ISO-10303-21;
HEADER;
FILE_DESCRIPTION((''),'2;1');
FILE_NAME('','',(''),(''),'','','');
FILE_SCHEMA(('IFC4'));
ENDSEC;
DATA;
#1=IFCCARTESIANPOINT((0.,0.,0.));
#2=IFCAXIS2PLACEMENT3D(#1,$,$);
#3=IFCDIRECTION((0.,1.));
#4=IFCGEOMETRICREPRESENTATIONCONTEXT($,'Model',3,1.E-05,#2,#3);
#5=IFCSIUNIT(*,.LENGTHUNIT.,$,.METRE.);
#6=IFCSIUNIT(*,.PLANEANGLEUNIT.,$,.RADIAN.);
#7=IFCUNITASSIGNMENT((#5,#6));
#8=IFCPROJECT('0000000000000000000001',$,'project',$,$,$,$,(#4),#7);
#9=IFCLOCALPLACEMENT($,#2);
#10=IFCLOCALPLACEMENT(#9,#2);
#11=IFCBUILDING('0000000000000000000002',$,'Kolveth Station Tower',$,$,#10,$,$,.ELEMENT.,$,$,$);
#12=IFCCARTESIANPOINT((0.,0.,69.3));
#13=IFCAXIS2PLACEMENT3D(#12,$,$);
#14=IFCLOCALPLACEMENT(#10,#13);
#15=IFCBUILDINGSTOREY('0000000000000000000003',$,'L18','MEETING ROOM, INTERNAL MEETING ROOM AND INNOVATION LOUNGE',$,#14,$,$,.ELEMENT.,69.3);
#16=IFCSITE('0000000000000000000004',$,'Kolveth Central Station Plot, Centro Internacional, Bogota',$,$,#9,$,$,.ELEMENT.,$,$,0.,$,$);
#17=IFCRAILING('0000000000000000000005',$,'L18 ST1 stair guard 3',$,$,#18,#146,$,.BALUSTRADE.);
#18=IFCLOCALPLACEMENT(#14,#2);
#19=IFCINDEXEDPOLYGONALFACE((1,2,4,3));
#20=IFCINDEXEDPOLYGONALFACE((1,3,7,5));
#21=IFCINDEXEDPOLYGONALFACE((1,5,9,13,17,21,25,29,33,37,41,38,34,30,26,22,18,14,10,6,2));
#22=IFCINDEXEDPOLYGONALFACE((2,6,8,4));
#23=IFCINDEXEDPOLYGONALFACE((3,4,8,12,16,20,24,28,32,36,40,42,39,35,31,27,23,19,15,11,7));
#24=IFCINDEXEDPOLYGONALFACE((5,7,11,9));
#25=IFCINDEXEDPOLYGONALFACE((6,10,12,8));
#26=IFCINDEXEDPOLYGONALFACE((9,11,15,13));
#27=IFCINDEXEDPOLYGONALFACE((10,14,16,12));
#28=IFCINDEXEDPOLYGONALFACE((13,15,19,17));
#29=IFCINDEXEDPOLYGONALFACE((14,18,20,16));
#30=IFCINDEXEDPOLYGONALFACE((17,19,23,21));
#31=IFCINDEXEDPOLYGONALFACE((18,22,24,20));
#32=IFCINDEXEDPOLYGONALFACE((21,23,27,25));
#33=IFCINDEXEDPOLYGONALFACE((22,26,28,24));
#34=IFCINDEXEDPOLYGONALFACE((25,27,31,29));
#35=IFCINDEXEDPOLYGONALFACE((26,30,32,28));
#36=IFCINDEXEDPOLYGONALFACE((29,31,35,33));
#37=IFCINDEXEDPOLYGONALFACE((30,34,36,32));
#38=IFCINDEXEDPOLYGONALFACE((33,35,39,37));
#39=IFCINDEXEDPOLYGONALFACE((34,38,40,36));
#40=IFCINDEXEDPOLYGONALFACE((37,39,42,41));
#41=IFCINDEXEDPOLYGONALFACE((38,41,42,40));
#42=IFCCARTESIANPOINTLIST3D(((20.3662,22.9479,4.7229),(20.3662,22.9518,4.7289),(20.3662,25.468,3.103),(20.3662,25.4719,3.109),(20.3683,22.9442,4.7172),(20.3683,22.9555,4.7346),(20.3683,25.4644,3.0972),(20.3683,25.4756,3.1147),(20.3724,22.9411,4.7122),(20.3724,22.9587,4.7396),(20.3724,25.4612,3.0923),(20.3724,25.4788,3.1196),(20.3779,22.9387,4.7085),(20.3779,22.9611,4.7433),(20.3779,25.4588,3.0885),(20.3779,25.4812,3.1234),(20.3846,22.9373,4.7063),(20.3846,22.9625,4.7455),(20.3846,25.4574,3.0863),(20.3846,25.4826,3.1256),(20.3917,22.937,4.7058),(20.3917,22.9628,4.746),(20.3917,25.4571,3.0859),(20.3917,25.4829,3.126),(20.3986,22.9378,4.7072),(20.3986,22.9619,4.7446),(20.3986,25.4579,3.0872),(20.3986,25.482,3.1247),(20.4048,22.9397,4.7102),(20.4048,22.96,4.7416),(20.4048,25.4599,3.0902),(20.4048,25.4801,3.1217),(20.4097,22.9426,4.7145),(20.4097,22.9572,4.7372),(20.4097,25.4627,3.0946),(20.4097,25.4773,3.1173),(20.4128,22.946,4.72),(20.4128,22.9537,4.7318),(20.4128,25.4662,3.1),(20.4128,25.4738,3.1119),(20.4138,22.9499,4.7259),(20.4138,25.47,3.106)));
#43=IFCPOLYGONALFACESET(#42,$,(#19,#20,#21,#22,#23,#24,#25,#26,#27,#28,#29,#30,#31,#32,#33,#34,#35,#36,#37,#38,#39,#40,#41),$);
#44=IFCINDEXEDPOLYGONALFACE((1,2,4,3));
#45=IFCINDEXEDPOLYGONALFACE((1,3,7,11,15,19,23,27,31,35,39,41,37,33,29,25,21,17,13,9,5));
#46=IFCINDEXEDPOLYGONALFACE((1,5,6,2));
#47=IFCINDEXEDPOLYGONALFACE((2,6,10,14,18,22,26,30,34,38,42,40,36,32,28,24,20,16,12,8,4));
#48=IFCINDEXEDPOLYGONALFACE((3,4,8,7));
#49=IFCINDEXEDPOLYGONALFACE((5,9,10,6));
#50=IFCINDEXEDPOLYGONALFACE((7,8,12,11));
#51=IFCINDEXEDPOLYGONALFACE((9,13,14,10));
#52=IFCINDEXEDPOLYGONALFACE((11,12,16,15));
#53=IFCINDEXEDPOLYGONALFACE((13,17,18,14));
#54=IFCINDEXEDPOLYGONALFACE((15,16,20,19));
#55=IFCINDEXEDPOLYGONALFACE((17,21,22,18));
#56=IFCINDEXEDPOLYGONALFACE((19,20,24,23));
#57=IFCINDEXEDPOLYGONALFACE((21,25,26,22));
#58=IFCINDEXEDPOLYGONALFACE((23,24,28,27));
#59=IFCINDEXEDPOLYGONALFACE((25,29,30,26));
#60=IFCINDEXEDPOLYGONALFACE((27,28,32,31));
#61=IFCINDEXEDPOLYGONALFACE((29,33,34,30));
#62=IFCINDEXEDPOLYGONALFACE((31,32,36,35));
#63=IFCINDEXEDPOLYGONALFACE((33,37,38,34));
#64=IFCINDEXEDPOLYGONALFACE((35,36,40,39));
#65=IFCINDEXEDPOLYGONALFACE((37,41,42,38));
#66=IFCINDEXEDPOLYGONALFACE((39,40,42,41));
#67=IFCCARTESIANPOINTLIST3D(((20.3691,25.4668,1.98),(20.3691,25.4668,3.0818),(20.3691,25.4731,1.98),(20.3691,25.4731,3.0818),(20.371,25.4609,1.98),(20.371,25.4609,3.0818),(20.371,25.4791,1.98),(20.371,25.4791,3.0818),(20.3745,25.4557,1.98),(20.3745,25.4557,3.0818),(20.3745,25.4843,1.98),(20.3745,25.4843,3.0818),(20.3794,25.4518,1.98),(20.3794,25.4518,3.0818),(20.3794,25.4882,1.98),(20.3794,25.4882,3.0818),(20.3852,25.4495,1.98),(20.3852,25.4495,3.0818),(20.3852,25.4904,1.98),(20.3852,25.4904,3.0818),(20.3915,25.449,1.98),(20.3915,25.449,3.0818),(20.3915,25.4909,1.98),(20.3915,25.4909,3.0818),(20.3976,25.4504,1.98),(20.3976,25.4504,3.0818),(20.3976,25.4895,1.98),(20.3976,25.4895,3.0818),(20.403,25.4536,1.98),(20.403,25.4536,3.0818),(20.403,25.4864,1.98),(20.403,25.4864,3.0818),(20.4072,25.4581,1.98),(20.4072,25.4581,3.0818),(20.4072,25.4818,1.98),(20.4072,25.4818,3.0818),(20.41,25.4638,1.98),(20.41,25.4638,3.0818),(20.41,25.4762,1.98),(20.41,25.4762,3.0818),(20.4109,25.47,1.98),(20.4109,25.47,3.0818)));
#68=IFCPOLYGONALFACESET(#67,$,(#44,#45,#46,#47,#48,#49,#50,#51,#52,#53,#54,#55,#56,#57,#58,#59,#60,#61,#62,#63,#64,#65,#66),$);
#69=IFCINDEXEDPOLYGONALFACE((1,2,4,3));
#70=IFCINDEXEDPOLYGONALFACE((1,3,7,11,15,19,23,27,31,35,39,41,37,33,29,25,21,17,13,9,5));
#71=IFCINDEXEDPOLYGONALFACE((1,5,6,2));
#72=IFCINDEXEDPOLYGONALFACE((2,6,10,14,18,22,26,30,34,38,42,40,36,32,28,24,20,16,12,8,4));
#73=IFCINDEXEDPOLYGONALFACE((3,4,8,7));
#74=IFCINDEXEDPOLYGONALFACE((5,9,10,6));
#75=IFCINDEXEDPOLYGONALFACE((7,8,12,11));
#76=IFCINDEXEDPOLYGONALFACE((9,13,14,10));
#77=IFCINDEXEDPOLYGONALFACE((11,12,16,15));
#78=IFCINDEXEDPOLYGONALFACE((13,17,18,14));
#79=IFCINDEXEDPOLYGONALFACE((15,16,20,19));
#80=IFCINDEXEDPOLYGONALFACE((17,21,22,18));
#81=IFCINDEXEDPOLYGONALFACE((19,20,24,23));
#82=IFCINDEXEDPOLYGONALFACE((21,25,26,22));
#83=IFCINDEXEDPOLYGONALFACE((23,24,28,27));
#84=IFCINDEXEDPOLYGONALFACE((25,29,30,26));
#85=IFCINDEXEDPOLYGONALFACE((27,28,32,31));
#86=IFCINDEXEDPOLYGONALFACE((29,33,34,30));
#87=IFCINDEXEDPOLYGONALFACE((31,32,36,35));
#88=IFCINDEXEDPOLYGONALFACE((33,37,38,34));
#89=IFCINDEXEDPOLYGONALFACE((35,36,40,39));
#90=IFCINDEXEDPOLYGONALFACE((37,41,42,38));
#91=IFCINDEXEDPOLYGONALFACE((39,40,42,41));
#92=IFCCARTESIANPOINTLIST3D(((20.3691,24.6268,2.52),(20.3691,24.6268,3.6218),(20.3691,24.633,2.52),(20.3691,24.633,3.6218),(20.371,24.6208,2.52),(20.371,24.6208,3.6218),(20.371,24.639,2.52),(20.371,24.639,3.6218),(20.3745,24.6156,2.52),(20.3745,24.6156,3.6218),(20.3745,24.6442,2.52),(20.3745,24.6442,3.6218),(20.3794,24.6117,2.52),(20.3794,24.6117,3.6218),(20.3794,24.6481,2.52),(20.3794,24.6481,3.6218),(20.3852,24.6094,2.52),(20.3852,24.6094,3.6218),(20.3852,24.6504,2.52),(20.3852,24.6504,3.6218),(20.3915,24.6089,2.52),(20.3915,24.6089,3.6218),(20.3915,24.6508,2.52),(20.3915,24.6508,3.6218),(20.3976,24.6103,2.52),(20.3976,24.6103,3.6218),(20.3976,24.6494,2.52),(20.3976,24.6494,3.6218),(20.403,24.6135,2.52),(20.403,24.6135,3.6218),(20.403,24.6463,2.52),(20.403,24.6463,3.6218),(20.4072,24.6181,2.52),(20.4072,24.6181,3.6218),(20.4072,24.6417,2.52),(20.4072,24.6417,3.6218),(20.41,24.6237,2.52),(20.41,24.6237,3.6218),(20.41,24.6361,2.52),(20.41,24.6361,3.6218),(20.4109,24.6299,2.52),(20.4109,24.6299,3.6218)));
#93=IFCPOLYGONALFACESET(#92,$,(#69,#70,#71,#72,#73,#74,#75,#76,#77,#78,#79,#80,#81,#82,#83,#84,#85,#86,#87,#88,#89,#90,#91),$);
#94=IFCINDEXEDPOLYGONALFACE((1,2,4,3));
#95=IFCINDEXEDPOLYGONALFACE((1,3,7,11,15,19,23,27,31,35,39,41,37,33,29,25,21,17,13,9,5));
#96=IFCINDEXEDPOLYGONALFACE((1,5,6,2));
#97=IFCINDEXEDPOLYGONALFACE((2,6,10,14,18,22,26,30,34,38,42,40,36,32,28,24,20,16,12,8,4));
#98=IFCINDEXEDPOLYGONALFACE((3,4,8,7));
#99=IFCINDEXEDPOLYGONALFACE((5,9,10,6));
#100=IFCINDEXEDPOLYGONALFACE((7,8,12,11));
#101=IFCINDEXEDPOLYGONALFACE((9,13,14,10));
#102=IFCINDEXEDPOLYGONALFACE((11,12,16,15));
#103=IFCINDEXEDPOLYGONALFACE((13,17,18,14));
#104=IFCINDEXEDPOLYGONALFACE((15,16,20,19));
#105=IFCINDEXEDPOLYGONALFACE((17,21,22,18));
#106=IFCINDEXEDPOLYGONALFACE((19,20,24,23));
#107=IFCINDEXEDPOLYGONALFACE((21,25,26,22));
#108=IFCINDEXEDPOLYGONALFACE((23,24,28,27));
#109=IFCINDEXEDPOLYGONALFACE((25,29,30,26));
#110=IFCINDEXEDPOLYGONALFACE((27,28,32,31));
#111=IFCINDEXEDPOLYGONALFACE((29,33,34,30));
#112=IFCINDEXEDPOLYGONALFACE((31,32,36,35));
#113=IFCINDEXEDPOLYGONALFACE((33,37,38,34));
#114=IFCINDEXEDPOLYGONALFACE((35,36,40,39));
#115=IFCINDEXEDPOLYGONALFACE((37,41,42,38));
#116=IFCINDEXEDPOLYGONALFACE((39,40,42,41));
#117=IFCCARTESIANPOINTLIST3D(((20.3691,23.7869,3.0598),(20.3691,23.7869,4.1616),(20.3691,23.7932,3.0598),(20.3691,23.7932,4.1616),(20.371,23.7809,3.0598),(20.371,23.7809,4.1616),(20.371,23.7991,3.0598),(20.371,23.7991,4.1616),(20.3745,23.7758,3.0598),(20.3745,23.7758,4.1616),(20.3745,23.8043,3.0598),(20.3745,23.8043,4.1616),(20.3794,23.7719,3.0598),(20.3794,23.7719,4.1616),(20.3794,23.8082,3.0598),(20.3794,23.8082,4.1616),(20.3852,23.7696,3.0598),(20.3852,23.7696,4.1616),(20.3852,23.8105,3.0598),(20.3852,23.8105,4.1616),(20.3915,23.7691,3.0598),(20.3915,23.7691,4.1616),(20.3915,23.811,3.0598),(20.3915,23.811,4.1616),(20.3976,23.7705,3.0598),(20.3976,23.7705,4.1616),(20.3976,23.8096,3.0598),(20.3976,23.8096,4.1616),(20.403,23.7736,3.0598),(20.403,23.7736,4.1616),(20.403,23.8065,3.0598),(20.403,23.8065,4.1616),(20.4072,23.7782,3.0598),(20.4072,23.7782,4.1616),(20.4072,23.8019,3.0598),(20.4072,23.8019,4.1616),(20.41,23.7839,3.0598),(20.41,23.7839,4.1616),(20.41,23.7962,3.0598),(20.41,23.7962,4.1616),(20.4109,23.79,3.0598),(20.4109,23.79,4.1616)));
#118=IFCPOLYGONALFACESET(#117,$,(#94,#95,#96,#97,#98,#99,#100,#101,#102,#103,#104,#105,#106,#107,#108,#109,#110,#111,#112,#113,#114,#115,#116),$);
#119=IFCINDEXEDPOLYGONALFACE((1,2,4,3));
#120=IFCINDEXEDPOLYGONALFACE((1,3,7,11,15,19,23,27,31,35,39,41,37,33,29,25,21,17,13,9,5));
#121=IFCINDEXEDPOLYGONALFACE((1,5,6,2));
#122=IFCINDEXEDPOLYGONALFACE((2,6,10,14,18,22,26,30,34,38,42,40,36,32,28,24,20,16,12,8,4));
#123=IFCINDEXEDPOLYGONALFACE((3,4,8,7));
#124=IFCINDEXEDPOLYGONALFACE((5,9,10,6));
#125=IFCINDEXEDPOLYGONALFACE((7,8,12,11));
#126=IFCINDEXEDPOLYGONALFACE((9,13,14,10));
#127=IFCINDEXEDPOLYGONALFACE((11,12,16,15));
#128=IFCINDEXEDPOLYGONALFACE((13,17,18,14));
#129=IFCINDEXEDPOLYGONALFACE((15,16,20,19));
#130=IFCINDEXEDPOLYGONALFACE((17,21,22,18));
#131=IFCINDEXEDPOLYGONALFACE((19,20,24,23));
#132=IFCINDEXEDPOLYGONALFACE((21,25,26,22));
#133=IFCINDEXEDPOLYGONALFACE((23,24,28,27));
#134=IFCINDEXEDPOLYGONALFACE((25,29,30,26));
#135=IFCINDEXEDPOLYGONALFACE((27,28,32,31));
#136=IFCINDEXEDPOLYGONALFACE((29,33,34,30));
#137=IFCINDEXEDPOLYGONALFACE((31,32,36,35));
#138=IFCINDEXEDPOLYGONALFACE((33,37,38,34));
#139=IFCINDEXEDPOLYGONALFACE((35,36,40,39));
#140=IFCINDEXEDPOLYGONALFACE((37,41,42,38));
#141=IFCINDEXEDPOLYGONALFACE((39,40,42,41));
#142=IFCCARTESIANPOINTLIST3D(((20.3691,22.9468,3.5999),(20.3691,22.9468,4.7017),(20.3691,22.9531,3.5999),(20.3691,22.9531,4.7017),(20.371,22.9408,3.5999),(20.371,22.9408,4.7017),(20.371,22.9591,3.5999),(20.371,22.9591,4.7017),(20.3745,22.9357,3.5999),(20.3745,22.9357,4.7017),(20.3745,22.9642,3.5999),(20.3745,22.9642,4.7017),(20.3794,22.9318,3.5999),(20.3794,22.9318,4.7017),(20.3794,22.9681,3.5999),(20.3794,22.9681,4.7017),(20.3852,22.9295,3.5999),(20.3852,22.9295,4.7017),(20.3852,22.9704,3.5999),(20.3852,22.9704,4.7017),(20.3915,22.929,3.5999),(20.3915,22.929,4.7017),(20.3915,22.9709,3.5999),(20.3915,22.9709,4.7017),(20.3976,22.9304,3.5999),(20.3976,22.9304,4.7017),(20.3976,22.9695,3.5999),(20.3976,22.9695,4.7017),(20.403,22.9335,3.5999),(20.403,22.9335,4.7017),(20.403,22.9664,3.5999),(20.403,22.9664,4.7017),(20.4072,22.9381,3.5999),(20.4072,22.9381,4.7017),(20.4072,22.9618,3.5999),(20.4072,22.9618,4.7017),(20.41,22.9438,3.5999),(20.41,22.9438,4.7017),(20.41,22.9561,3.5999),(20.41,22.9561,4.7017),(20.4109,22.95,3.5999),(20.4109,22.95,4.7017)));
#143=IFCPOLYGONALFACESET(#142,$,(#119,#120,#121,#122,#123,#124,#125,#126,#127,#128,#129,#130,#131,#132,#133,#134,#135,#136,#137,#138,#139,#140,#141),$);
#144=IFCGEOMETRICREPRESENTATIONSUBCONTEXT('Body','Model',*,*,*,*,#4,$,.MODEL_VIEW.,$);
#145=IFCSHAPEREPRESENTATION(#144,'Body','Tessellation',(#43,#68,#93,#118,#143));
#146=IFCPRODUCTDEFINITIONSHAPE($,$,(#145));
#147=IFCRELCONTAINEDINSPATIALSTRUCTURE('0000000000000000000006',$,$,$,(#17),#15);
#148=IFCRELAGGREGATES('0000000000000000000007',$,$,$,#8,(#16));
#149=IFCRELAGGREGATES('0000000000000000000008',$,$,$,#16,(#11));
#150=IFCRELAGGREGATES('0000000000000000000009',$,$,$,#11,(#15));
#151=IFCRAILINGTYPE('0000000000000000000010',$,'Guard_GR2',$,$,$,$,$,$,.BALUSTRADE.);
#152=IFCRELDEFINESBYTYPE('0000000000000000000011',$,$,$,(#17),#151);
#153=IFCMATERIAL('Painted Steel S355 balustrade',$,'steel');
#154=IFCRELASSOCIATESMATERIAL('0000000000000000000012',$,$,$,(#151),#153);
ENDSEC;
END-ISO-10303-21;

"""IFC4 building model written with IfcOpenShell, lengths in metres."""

from ifc_helpers import new_model, si_unit, direction, frame, origin, origin_2d, place, context, subcontext, project, spatial, circle, extrude, material, type_object, element, save


model = new_model("IFC4")

# Units and contexts
model_context = context("Model", 3, precision=1e-05, world=origin(), true_north=direction((0.0, 1.0)))
body_context = subcontext(model_context, "Body", "Model", "MODEL_VIEW")
ifc_project = project(units=[si_unit("LENGTHUNIT", "METRE"), si_unit("PLANEANGLEUNIT", "RADIAN")], contexts=[model_context])

# Site, building, storey
site_placement = place(None, origin())
site = spatial("IfcSite", under=ifc_project, at=site_placement, Name="Kolveth Central Station Plot, Centro Internacional, Bogota", CompositionType="ELEMENT", RefElevation=0.0)
building_placement = place(site_placement, origin())
building = spatial("IfcBuilding", under=site, at=building_placement, Name="Kolveth Station Tower", CompositionType="ELEMENT")
storey_placement = place(building_placement, frame((0.0, 0.0, 69.3)))
storey = spatial("IfcBuildingStorey", under=building, at=storey_placement, Name="L18", Description="MEETING ROOM, INTERNAL MEETING ROOM AND INNOVATION LOUNGE", CompositionType="ELEMENT", Elevation=69.3)

# Railing
ifc_material_1 = material(Name="Painted Steel S355 balustrade", Category="steel")
railing_type_1 = type_object("IfcRailingType", Name="Guard_GR2", PredefinedType="BALUSTRADE", material=ifc_material_1)
railing_1_placement = place(storey_placement, frame((20.3899, 25.47, 1.98)))
element("IfcRailing", 1, at=railing_1_placement, inside=storey, type_object=railing_type_1, Name="L18 ST1 stair guard 3", PredefinedType="BALUSTRADE", context=body_context, shape_type="SweptSolid", body=[
    extrude(circle(Radius=0.0239, at=origin_2d()), frame((0.0, 0.0, 1.126), z_axis=(0.0, -0.8412, 0.540725), x_axis=(1.0, 0.0, 0.0)), (0.0, 0.0, 1.0), 2.9958),
    extrude(circle(Radius=0.021, at=origin_2d()), origin(), (0.0, 0.0, 1.0), 1.1018),
    extrude(circle(Radius=0.021, at=origin_2d()), frame((0.0, -0.8401, 0.54)), (0.0, 0.0, 1.0), 1.1018),
    extrude(circle(Radius=0.021, at=origin_2d()), frame((0.0, -1.6799, 1.0798)), (0.0, 0.0, 1.0), 1.1018),
    extrude(circle(Radius=0.021, at=origin_2d()), frame((0.0, -2.52, 1.6199)), (0.0, 0.0, 1.0), 1.1018),
])

save(model, "model.ifc")
